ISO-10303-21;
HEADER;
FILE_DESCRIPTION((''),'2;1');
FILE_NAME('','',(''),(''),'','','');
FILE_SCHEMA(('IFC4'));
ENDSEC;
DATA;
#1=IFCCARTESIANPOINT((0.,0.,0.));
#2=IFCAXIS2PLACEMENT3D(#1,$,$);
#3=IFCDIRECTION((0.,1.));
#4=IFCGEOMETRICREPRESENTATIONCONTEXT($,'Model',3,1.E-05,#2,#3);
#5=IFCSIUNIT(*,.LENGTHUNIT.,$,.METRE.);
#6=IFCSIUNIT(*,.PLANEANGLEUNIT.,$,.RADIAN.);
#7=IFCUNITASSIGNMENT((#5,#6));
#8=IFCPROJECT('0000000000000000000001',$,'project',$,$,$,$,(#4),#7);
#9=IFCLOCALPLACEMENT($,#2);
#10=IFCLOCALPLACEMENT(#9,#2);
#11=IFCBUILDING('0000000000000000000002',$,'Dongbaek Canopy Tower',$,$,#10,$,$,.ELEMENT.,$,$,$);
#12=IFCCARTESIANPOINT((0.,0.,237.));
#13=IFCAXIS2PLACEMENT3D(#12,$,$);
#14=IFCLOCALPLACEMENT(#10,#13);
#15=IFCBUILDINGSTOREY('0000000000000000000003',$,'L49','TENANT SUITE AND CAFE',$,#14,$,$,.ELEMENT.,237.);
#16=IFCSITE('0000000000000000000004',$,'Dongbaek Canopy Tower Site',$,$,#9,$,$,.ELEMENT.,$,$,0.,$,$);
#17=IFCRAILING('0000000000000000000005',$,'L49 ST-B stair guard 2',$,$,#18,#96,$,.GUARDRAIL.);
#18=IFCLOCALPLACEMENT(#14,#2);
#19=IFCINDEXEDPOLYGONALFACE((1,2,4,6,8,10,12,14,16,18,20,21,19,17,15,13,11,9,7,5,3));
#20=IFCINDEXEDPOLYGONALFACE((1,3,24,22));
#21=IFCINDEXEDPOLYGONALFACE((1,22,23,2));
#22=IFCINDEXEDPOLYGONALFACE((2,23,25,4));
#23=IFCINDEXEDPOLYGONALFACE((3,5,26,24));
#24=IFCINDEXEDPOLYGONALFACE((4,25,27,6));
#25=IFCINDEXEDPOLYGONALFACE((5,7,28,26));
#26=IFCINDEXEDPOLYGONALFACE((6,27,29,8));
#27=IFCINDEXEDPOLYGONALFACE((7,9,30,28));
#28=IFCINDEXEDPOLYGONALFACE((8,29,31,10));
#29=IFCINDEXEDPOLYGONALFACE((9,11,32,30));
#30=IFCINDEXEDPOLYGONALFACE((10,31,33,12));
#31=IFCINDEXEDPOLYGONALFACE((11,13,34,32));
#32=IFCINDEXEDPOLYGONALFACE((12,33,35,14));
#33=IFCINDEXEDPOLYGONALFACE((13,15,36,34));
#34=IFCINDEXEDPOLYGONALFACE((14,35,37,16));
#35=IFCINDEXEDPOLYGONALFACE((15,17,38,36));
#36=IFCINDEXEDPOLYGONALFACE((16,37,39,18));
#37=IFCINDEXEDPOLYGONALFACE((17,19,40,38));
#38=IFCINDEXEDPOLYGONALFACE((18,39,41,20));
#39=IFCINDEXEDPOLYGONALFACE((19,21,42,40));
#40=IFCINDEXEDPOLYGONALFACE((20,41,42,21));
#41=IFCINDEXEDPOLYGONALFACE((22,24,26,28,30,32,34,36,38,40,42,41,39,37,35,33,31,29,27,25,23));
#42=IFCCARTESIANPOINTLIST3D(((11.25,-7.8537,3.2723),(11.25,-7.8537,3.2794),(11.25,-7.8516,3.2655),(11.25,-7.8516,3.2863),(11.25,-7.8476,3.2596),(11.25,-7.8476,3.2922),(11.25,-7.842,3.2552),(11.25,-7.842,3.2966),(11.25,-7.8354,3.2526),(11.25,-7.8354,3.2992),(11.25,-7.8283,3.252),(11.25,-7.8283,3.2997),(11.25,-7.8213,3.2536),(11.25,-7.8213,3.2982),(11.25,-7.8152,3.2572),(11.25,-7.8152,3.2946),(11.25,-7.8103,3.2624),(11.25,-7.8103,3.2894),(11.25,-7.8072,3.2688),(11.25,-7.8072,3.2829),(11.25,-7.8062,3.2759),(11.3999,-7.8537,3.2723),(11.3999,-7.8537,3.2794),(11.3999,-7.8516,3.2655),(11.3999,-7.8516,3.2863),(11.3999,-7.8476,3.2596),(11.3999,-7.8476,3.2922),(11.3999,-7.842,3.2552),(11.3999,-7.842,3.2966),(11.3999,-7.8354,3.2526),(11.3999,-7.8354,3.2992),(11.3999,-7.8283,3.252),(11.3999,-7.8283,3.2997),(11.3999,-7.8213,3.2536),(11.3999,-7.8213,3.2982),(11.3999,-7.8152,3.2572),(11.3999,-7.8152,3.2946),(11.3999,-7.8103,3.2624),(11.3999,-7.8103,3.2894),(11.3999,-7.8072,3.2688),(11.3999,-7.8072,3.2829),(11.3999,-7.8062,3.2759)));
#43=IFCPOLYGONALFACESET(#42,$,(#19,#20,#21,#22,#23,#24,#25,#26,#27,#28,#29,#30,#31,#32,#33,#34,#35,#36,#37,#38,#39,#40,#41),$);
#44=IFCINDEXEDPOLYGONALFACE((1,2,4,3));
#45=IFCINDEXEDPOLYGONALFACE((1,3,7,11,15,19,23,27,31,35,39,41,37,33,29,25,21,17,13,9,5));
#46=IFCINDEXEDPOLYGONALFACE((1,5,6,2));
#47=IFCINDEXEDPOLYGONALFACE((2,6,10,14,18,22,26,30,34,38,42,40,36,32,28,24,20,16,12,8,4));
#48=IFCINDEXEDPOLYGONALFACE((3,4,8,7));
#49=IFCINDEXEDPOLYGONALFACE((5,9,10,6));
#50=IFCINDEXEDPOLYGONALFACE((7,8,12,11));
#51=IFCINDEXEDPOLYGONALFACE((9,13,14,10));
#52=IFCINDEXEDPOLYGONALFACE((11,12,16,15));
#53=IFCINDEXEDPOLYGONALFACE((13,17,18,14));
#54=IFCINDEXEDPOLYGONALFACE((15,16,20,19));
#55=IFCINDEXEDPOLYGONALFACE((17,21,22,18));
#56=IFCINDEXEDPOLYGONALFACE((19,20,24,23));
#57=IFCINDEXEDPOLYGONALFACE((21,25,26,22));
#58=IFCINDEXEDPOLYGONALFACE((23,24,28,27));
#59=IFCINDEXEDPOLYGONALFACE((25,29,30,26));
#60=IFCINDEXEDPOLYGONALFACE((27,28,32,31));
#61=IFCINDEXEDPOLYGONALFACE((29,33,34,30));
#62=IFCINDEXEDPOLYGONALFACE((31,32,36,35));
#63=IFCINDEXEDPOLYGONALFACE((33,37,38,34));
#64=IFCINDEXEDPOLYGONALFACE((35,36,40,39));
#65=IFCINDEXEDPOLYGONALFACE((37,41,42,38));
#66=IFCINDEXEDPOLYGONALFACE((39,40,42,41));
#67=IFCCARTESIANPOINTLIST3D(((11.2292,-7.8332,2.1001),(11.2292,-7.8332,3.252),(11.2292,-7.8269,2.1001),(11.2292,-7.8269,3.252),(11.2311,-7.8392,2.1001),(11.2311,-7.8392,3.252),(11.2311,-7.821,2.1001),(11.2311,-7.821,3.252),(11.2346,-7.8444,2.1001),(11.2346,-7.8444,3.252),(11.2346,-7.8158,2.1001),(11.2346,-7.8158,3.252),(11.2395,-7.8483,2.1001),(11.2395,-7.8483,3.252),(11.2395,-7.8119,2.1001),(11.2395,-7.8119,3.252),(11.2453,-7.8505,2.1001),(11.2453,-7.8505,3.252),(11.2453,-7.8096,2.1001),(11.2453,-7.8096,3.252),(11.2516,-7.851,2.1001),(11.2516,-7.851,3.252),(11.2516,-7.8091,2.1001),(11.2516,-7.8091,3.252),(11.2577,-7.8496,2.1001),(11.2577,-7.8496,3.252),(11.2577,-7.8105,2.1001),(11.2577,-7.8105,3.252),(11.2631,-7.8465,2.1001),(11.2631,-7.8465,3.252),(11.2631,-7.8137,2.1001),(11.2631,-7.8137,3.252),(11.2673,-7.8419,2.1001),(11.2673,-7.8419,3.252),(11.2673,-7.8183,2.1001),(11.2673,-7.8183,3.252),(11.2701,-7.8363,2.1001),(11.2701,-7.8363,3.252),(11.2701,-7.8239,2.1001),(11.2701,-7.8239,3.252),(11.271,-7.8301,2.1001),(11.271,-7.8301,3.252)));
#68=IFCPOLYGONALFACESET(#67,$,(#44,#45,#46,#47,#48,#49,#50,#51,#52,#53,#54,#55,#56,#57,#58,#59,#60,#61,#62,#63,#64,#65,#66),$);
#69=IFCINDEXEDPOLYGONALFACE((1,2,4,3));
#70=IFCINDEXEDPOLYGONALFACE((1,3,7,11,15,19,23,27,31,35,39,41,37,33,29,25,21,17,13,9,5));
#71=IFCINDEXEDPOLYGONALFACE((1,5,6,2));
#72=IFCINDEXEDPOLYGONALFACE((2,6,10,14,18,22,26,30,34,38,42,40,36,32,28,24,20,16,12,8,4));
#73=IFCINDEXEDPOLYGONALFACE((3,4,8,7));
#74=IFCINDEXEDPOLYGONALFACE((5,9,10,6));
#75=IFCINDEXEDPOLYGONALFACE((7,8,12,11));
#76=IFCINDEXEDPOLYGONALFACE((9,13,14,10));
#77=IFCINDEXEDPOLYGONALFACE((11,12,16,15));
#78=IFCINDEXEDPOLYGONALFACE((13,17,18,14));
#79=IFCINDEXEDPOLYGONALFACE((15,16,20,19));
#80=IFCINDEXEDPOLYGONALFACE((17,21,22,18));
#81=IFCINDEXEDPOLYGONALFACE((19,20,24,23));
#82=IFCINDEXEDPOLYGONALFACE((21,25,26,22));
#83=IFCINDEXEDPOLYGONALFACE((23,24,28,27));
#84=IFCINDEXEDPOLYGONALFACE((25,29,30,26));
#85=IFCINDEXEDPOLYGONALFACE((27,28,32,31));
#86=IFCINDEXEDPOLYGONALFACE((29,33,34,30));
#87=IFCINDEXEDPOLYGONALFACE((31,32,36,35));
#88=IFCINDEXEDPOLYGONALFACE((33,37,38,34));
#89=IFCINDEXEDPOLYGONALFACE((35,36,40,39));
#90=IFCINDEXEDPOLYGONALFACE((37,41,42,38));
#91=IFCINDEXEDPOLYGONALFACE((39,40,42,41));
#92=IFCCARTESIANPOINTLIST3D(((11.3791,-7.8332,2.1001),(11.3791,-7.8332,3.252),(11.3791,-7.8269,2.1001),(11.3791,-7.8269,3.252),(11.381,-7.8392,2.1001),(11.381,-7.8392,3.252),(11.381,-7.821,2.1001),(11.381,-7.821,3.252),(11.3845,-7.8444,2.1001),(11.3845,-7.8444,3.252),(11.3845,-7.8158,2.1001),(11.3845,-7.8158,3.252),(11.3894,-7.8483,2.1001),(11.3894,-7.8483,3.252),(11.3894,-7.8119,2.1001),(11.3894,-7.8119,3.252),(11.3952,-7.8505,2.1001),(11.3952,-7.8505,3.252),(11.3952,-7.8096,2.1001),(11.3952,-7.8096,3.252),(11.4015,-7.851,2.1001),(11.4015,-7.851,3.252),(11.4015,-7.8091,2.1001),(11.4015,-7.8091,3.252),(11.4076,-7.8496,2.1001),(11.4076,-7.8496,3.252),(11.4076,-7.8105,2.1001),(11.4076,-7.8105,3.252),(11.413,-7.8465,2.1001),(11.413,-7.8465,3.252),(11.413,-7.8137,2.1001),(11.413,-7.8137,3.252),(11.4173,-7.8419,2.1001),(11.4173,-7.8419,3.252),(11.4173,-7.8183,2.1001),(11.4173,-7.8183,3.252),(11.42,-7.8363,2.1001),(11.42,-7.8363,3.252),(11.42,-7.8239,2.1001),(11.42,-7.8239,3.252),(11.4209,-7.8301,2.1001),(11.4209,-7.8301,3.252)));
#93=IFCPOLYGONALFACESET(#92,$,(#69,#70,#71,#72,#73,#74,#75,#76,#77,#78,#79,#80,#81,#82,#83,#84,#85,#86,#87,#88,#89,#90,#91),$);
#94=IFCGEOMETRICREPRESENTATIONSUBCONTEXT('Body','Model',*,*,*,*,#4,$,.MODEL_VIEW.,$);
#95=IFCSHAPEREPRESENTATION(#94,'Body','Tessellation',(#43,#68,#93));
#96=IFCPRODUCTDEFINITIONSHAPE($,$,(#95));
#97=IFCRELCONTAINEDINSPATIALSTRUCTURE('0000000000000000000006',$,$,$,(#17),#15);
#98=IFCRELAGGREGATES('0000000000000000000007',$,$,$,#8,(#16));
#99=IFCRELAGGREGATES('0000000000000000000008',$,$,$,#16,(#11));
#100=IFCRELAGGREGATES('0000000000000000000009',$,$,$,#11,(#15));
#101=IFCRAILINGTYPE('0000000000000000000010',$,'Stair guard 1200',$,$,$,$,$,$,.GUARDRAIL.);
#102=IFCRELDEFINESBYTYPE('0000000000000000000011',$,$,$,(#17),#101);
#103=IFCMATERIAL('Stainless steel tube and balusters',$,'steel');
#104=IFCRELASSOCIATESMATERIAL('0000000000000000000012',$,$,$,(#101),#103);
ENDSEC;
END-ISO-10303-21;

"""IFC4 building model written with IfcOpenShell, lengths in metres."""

from ifc_helpers import new_model, si_unit, direction, frame, origin, origin_2d, place, context, subcontext, project, spatial, circle, extrude, material, type_object, element, save


model = new_model("IFC4")

# Units and contexts
model_context = context("Model", 3, precision=1e-05, world=origin(), true_north=direction((0.0, 1.0)))
body_context = subcontext(model_context, "Body", "Model", "MODEL_VIEW")
ifc_project = project(units=[si_unit("LENGTHUNIT", "METRE"), si_unit("PLANEANGLEUNIT", "RADIAN")], contexts=[model_context])

# Site, building, storey
site_placement = place(None, origin())
site = spatial("IfcSite", under=ifc_project, at=site_placement, Name="Dongbaek Canopy Tower Site", CompositionType="ELEMENT", RefElevation=0.0)
building_placement = place(site_placement, origin())
building = spatial("IfcBuilding", under=site, at=building_placement, Name="Dongbaek Canopy Tower", CompositionType="ELEMENT")
storey_placement = place(building_placement, frame((0.0, 0.0, 237.0)))
storey = spatial("IfcBuildingStorey", under=building, at=storey_placement, Name="L49", Description="TENANT SUITE AND CAFE", CompositionType="ELEMENT", Elevation=237.0)

# Railing
ifc_material_1 = material(Name="Stainless steel tube and balusters", Category="steel")
railing_type_1 = type_object("IfcRailingType", Name="Stair guard 1200", PredefinedType="GUARDRAIL", material=ifc_material_1)
railing_1_placement = place(storey_placement, frame((11.25, -7.8301, 2.1001)))
element("IfcRailing", 1, at=railing_1_placement, inside=storey, type_object=railing_type_1, Name="L49 ST-B stair guard 2", PredefinedType="GUARDRAIL", context=body_context, shape_type="SweptSolid", body=[
    extrude(circle(Radius=0.0239, at=origin_2d()), frame((0.0, 0.0, 1.1758), z_axis=(1.0, 0.0, 0.0), x_axis=(0.0, 1.0, 0.0)), (0.0, 0.0, 1.0), 0.1499),
    extrude(circle(Radius=0.021, at=origin_2d()), origin(), (0.0, 0.0, 1.0), 1.1519),
    extrude(circle(Radius=0.021, at=origin_2d()), frame((0.1499, 0.0, 0.0)), (0.0, 0.0, 1.0), 1.1519),
])

save(model, "model.ifc")
